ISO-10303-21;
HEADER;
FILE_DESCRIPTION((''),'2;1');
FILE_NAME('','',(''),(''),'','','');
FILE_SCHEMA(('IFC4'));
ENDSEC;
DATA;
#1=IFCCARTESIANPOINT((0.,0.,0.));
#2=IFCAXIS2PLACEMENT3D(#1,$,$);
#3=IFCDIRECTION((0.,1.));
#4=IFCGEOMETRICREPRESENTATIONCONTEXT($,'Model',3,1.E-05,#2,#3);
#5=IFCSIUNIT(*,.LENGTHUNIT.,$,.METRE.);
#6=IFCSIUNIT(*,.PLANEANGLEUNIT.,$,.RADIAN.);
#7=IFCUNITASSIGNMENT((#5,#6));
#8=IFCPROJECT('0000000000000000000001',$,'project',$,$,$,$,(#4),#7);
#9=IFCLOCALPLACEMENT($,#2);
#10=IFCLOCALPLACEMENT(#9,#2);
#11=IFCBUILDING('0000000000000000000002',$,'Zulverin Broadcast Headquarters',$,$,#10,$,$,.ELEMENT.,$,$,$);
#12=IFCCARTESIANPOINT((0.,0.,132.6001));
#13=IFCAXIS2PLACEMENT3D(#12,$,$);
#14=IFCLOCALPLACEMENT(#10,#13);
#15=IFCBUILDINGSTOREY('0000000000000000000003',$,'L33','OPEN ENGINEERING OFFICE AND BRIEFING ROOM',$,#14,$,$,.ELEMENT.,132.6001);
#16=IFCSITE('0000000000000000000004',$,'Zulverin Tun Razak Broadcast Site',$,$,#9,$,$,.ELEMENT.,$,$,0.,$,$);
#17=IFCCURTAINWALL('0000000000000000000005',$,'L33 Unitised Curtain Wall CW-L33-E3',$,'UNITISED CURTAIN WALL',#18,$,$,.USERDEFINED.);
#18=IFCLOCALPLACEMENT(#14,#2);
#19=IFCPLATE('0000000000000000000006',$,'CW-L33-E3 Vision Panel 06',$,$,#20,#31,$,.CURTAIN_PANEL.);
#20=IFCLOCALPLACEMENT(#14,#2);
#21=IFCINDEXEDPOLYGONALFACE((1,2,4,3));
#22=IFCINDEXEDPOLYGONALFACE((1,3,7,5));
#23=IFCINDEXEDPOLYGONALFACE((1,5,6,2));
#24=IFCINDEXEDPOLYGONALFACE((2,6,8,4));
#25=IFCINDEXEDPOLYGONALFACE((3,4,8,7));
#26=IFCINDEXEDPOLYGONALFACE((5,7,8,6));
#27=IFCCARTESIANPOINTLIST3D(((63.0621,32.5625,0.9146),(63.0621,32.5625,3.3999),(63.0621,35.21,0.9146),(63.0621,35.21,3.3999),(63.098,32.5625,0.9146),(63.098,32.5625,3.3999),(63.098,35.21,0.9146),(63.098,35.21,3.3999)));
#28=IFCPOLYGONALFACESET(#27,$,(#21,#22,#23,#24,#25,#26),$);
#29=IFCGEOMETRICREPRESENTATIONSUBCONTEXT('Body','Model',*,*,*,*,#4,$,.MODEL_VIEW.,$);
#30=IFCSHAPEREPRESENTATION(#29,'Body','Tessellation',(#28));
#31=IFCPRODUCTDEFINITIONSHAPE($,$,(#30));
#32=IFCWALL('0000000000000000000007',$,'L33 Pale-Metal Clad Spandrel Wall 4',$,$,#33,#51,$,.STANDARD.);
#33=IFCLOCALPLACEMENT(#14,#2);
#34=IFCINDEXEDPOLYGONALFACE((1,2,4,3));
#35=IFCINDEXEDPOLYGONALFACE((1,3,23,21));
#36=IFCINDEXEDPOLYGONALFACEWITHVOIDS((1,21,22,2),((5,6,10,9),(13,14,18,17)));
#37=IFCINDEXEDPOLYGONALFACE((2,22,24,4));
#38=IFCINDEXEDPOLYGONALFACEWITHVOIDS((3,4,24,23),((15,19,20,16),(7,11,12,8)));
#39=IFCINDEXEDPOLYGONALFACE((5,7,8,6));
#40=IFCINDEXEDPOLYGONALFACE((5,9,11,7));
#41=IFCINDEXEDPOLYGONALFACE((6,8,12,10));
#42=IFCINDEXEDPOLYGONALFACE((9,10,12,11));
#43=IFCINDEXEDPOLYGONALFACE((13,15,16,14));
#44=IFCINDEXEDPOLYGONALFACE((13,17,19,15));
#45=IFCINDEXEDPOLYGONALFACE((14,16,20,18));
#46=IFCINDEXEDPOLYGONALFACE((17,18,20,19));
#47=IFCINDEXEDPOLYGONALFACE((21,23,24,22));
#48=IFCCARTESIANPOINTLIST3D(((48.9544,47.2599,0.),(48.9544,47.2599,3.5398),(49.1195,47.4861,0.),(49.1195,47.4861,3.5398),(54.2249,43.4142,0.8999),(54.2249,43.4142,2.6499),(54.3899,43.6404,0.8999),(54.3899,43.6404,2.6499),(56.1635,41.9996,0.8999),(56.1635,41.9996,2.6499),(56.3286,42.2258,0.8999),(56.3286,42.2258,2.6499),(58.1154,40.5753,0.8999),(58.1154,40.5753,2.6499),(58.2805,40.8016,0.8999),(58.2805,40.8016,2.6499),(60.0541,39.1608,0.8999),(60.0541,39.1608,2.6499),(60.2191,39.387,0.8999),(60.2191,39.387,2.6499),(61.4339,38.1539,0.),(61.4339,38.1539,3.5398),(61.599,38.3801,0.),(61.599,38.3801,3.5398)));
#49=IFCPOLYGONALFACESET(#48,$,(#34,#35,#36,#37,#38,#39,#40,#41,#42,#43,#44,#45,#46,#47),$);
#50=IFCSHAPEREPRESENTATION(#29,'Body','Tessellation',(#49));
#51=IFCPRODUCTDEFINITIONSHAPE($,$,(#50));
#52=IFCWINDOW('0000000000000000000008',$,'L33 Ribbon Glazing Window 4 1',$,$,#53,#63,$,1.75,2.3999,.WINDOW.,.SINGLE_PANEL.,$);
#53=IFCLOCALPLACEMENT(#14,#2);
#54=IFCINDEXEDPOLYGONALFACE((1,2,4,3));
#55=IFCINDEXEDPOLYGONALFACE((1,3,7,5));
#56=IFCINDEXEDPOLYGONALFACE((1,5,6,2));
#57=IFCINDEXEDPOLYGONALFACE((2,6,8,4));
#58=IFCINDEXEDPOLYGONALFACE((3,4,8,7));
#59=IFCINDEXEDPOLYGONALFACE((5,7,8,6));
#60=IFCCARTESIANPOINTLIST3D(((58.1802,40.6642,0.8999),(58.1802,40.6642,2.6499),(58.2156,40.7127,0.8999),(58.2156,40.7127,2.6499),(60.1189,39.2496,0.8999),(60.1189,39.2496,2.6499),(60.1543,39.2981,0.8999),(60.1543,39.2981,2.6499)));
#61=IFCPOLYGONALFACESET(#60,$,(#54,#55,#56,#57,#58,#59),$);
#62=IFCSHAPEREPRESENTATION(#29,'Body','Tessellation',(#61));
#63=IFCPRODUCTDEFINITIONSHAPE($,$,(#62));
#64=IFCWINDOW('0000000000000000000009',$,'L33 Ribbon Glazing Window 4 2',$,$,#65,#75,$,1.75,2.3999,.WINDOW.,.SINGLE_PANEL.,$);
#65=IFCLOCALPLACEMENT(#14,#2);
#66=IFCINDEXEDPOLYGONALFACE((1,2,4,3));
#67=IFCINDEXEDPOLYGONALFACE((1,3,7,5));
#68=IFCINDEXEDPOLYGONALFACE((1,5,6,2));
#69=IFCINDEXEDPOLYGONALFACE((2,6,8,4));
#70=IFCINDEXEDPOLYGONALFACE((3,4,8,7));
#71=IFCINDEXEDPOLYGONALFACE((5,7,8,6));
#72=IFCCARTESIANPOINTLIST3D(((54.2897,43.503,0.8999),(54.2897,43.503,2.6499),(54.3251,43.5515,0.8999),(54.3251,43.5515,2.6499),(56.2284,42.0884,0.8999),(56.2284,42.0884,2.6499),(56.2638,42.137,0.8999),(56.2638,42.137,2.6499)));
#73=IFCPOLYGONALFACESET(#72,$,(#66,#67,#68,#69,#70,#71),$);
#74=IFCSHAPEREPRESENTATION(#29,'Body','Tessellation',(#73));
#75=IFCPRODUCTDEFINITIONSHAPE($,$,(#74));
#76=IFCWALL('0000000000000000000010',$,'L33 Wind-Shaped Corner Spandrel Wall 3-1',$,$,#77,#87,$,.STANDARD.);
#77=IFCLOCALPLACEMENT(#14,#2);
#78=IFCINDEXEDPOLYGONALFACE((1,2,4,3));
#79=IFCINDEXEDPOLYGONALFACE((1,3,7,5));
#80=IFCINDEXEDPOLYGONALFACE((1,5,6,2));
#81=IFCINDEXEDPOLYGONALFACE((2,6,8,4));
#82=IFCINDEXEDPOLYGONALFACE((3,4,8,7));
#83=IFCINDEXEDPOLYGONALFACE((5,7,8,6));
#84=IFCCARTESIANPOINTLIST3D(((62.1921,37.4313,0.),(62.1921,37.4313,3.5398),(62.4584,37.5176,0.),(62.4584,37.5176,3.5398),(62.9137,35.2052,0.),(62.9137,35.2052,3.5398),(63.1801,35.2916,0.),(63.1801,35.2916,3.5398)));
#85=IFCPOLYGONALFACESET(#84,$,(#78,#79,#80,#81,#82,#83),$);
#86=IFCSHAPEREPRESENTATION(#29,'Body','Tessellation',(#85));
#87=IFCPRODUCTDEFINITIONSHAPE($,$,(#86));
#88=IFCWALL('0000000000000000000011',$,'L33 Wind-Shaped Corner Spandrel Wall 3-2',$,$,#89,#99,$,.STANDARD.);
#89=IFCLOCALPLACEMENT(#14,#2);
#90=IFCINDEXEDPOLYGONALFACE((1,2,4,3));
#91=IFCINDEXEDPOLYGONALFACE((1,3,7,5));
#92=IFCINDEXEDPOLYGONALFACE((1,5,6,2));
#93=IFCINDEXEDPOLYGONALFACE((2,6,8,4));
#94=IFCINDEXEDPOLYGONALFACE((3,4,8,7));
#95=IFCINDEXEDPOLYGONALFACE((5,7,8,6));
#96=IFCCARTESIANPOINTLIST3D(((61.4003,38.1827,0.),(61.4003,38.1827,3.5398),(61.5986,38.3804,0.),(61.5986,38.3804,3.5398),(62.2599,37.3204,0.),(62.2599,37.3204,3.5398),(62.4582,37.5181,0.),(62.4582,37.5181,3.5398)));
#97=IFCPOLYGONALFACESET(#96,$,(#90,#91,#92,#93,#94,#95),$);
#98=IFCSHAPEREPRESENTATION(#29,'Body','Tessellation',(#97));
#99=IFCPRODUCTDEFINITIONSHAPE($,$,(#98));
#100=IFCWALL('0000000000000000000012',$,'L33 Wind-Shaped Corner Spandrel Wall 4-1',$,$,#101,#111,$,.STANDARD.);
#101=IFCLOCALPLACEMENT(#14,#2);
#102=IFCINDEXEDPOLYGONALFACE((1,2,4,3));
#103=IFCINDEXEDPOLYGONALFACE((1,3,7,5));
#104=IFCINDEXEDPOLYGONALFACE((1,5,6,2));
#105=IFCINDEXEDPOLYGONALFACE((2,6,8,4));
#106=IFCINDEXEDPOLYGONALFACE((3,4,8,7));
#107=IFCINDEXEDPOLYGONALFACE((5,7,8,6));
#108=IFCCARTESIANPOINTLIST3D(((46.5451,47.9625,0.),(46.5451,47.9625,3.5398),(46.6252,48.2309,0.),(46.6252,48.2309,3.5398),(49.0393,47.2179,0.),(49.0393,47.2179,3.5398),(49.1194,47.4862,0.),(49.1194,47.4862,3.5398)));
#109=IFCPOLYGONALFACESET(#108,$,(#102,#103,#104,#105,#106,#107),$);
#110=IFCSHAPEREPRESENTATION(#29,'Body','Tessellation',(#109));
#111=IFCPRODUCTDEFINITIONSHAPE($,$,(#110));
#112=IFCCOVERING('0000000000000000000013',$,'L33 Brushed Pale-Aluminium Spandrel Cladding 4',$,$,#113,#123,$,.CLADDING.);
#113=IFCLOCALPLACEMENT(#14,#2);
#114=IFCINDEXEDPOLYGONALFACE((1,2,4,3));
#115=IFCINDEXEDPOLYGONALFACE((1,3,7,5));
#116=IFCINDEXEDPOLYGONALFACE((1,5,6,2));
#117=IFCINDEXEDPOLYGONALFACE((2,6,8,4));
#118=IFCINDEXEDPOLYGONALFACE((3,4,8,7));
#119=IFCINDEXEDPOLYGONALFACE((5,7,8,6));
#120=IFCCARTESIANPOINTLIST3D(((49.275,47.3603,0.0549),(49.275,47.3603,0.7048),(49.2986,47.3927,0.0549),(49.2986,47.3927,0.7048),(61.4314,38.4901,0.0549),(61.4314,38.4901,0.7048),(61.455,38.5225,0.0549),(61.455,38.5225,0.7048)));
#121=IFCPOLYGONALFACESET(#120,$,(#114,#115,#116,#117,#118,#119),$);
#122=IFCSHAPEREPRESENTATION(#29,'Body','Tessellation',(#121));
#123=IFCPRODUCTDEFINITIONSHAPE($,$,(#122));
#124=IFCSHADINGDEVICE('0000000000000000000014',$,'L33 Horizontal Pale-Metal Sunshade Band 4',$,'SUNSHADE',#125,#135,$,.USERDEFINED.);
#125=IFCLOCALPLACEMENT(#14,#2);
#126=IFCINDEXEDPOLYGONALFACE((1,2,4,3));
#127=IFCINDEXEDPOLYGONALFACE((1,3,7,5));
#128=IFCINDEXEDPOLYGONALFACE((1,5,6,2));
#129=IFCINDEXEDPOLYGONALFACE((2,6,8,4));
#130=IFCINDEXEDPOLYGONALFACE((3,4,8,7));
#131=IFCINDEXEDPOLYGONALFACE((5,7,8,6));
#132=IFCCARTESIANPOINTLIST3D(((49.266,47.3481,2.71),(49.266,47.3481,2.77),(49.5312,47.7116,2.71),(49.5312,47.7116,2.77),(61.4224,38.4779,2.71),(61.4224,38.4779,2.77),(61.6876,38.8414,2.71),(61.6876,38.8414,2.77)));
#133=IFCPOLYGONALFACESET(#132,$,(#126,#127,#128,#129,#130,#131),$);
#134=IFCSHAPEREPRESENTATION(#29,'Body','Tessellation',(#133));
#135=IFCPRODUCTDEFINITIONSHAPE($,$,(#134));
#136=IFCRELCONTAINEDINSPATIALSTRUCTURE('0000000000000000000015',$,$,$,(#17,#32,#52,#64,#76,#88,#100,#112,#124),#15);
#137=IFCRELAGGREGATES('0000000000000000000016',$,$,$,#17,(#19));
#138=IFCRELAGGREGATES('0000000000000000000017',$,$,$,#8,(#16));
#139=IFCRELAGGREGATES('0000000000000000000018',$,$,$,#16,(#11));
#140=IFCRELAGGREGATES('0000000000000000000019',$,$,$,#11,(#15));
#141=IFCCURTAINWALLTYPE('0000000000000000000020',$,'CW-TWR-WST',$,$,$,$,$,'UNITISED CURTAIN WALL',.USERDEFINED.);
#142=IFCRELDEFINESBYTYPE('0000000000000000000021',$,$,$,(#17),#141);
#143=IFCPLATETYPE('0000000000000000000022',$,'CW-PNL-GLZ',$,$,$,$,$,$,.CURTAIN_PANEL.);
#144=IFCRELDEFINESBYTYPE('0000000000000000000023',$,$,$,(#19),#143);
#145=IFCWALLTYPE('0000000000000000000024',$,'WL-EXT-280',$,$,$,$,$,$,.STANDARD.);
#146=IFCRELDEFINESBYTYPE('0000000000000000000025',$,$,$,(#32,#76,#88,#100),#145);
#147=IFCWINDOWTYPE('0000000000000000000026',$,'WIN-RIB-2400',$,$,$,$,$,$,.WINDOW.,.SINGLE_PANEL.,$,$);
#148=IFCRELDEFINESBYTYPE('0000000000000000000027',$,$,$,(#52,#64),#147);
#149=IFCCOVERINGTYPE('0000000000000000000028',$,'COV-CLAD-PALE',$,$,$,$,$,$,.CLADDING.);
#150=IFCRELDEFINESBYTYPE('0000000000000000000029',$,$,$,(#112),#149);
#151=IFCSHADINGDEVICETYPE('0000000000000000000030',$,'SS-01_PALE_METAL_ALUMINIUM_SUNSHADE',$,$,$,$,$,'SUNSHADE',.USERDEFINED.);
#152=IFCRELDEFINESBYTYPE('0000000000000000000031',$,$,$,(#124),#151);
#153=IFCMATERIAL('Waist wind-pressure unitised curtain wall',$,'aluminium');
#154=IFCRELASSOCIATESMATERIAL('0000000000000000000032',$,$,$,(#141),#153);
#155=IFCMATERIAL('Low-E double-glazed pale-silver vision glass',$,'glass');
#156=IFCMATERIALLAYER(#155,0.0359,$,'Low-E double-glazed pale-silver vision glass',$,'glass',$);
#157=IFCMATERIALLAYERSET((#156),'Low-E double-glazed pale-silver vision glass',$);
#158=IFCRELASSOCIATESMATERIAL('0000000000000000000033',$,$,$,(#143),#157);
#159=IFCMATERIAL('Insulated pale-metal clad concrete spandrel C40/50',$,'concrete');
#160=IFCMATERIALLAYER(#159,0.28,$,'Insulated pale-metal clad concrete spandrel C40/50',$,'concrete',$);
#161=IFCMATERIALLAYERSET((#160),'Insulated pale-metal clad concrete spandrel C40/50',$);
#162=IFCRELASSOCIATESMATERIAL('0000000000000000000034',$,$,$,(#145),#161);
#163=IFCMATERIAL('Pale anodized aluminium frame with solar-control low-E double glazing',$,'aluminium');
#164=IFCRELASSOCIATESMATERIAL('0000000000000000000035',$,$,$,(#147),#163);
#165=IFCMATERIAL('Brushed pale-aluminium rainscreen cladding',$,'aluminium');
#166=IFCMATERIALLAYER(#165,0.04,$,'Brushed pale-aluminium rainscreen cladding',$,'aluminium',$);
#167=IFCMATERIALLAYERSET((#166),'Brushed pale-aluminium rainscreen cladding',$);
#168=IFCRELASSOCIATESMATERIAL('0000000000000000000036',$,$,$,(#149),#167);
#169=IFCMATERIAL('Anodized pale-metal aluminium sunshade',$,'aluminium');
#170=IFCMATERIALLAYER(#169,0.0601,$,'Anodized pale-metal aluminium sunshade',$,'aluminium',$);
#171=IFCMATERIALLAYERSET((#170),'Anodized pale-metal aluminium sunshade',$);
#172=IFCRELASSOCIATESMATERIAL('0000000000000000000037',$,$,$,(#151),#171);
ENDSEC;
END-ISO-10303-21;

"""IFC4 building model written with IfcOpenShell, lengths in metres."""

from ifc_helpers import new_model, si_unit, direction, frame, frame_2d, origin, origin_2d, place, context, subcontext, project, spatial, rectangle, extrude, material, layer, layer_set, type_object, element, fill, aggregate, save


model = new_model("IFC4")

# Units and contexts
model_context = context("Model", 3, precision=1e-05, world=origin(), true_north=direction((0.0, 1.0)))
body_context = subcontext(model_context, "Body", "Model", "MODEL_VIEW")
ifc_project = project(units=[si_unit("LENGTHUNIT", "METRE"), si_unit("PLANEANGLEUNIT", "RADIAN")], contexts=[model_context])

# Site, building, storey
site_placement = place(None, origin())
site = spatial("IfcSite", under=ifc_project, at=site_placement, Name="Zulverin Tun Razak Broadcast Site", CompositionType="ELEMENT", RefElevation=0.0)
building_placement = place(site_placement, origin())
building = spatial("IfcBuilding", under=site, at=building_placement, Name="Zulverin Broadcast Headquarters", CompositionType="ELEMENT")
storey_placement = place(building_placement, frame((0.0, 0.0, 132.6001)))
storey = spatial("IfcBuildingStorey", under=building, at=storey_placement, Name="L33", Description="OPEN ENGINEERING OFFICE AND BRIEFING ROOM", CompositionType="ELEMENT", Elevation=132.6001)

# Curtain wall, plate
ifc_material_1 = material(Name="Waist wind-pressure unitised curtain wall", Category="aluminium")
curtain_wall_type = type_object("IfcCurtainWallType", Name="CW-TWR-WST", ElementType="UNITISED CURTAIN WALL", PredefinedType="USERDEFINED", material=ifc_material_1)
curtain_wall_placement = place(storey_placement, origin())
curtain_wall = element("IfcCurtainWall", 1, at=curtain_wall_placement, inside=storey, type_object=curtain_wall_type, Name="L33 Unitised Curtain Wall CW-L33-E3", ObjectType="UNITISED CURTAIN WALL", PredefinedType="USERDEFINED")
ifc_material_2 = material(Name="Low-E double-glazed pale-silver vision glass", Category="glass")
ifc_layer_1 = layer(ifc_material_2, 0.0359, Name="Low-E double-glazed pale-silver vision glass", Category="glass")
ifc_layer_set_1 = layer_set([ifc_layer_1], Name="Low-E double-glazed pale-silver vision glass")
plate_type = type_object("IfcPlateType", Name="CW-PNL-GLZ", PredefinedType="CURTAIN_PANEL", material=ifc_layer_set_1)
plate_placement = place(storey_placement, frame((63.0801, 33.8862, 0.9146), z_axis=(0.0, 0.0, 1.0), x_axis=(0.0, 1.0, 0.0)))
plate = element("IfcPlate", 2, at=plate_placement, type_object=plate_type, Name="CW-L33-E3 Vision Panel 06", PredefinedType="CURTAIN_PANEL", context=body_context, shape_type="SweptSolid", body=[
    extrude(rectangle(XDim=2.6475, YDim=0.0359, at=origin_2d()), origin(), (0.0, 0.0, 1.0), 2.4854),
])
aggregate(curtain_wall, [plate])

# Wall, openings, windows
ifc_material_3 = material(Name="Insulated pale-metal clad concrete spandrel C40/50", Category="concrete")
ifc_layer_2 = layer(ifc_material_3, 0.28, Name="Insulated pale-metal clad concrete spandrel C40/50", Category="concrete")
ifc_layer_set_2 = layer_set([ifc_layer_2], Name="Insulated pale-metal clad concrete spandrel C40/50")
wall_type = type_object("IfcWallType", Name="WL-EXT-280", PredefinedType="STANDARD", material=ifc_layer_set_2)
wall_1_placement = place(storey_placement, frame((61.5164, 38.2671, 0.0), z_axis=(0.0, 0.0, 1.0), x_axis=(-0.807813, 0.58944, 0.0)))
wall_1 = element("IfcWall", 3, at=wall_1_placement, inside=storey, type_object=wall_type, Name="L33 Pale-Metal Clad Spandrel Wall 4", PredefinedType="STANDARD", context=body_context, shape_type="SweptSolid", body=[
    extrude(rectangle(XDim=15.4485, YDim=0.28, at=frame_2d((7.7241, 0.0))), origin(), (0.0, 0.0, 1.0), 3.5398),
])
opening_1_placement = place(wall_1_placement, frame((1.708, 0.0, 0.8999)))
opening_1 = element("IfcOpeningElement", 4, at=opening_1_placement, cuts=wall_1, PredefinedType="OPENING", context=body_context, shape_type="SweptSolid", body=[
    extrude(rectangle(XDim=2.3999, YDim=1.75, at=frame_2d((1.2, 0.875))), frame((0.0, 0.1499, 0.0), z_axis=(0.0, -1.0, 0.0), x_axis=(1.0, 0.0, 0.0)), (0.0, 0.0, 1.0), 0.3),
])
opening_2_placement = place(wall_1_placement, frame((6.5242, 0.0, 0.8999)))
opening_2 = element("IfcOpeningElement", 5, at=opening_2_placement, cuts=wall_1, PredefinedType="OPENING", context=body_context, shape_type="SweptSolid", body=[
    extrude(rectangle(XDim=2.3999, YDim=1.75, at=frame_2d((1.2, 0.875))), frame((0.0, 0.1499, 0.0), z_axis=(0.0, -1.0, 0.0), x_axis=(1.0, 0.0, 0.0)), (0.0, 0.0, 1.0), 0.3),
])
ifc_material_4 = material(Name="Pale anodized aluminium frame with solar-control low-E double glazing", Category="aluminium")
window_type = type_object("IfcWindowType", Name="WIN-RIB-2400", PartitioningType="SINGLE_PANEL", PredefinedType="WINDOW", material=ifc_material_4)
window_1_placement = place(opening_1_placement, origin())
window_1 = element("IfcWindow", 6, at=window_1_placement, inside=storey, type_object=window_type, Name="L33 Ribbon Glazing Window 4 1", OverallHeight=1.75, OverallWidth=2.3999, PartitioningType="SINGLE_PANEL", PredefinedType="WINDOW", context=body_context, shape_type="SweptSolid", body=[
    extrude(rectangle(XDim=2.3999, YDim=1.75, at=frame_2d((1.2, 0.875))), frame((0.0, 0.03, 0.0), z_axis=(0.0, -1.0, 0.0), x_axis=(1.0, 0.0, 0.0)), (0.0, 0.0, 1.0), 0.0601),
])
fill(opening_1, window_1)
window_2_placement = place(opening_2_placement, origin())
window_2 = element("IfcWindow", 7, at=window_2_placement, inside=storey, type_object=window_type, Name="L33 Ribbon Glazing Window 4 2", OverallHeight=1.75, OverallWidth=2.3999, PartitioningType="SINGLE_PANEL", PredefinedType="WINDOW", context=body_context, shape_type="SweptSolid", body=[
    extrude(rectangle(XDim=2.3999, YDim=1.75, at=frame_2d((1.2, 0.875))), frame((0.0, 0.03, 0.0), z_axis=(0.0, -1.0, 0.0), x_axis=(1.0, 0.0, 0.0)), (0.0, 0.0, 1.0), 0.0601),
])
fill(opening_2, window_2)

# Walls
wall_2_placement = place(storey_placement, frame((63.0469, 35.2485, 0.0), z_axis=(0.0, 0.0, 1.0), x_axis=(-0.308392, 0.951259, 0.0)))
element("IfcWall", 8, at=wall_2_placement, inside=storey, type_object=wall_type, Name="L33 Wind-Shaped Corner Spandrel Wall 3-1", PredefinedType="STANDARD", context=body_context, shape_type="SweptSolid", body=[
    extrude(rectangle(XDim=2.3401, YDim=0.28, at=frame_2d((1.1699, 0.0))), origin(), (0.0, 0.0, 1.0), 3.5398),
])
wall_3_placement = place(storey_placement, frame((62.3591, 37.4192, 0.0), z_axis=(0.0, 0.0, 1.0), x_axis=(-0.706003, 0.708209, 0.0)))
element("IfcWall", 9, at=wall_3_placement, inside=storey, type_object=wall_type, Name="L33 Wind-Shaped Corner Spandrel Wall 3-2", PredefinedType="STANDARD", context=body_context, shape_type="SweptSolid", body=[
    extrude(rectangle(XDim=1.2175, YDim=0.28, at=frame_2d((0.6089, 0.0))), origin(), (0.0, 0.0, 1.0), 3.5398),
])
wall_4_placement = place(storey_placement, frame((49.0793, 47.3521, 0.0), z_axis=(0.0, 0.0, 1.0), x_axis=(-0.958208, 0.286074, 0.0)))
element("IfcWall", 10, at=wall_4_placement, inside=storey, type_object=wall_type, Name="L33 Wind-Shaped Corner Spandrel Wall 4-1", PredefinedType="STANDARD", context=body_context, shape_type="SweptSolid", body=[
    extrude(rectangle(XDim=2.603, YDim=0.28, at=frame_2d((1.3015, 0.0))), origin(), (0.0, 0.0, 1.0), 3.5398),
])

# Covering
ifc_material_5 = material(Name="Brushed pale-aluminium rainscreen cladding", Category="aluminium")
ifc_layer_3 = layer(ifc_material_5, 0.04, Name="Brushed pale-aluminium rainscreen cladding", Category="aluminium")
ifc_layer_set_3 = layer_set([ifc_layer_3], Name="Brushed pale-aluminium rainscreen cladding")
covering_type = type_object("IfcCoveringType", Name="COV-CLAD-PALE", PredefinedType="CLADDING", material=ifc_layer_set_3)
covering_placement = place(storey_placement, frame((55.365, 42.9414, 0.0549), z_axis=(0.0, 0.0, 1.0), x_axis=(-0.807814, 0.589437, 0.0)))
element("IfcCovering", 11, at=covering_placement, inside=storey, type_object=covering_type, Name="L33 Brushed Pale-Aluminium Spandrel Cladding 4", PredefinedType="CLADDING", context=body_context, shape_type="SweptSolid", body=[
    extrude(rectangle(XDim=15.0486, YDim=0.04, at=origin_2d()), origin(), (0.0, 0.0, 1.0), 0.6499),
])

# Shading device
ifc_material_6 = material(Name="Anodized pale-metal aluminium sunshade", Category="aluminium")
ifc_layer_4 = layer(ifc_material_6, 0.0601, Name="Anodized pale-metal aluminium sunshade", Category="aluminium")
ifc_layer_set_4 = layer_set([ifc_layer_4], Name="Anodized pale-metal aluminium sunshade")
shading_device_type = type_object("IfcShadingDeviceType", Name="SS-01_PALE_METAL_ALUMINIUM_SUNSHADE", ElementType="SUNSHADE", PredefinedType="USERDEFINED", material=ifc_layer_set_4)
shading_device_placement = place(storey_placement, frame((55.4768, 43.0947, 2.71), z_axis=(0.0, 0.0, 1.0), x_axis=(-0.807814, 0.589437, 0.0)))
element("IfcShadingDevice", 12, at=shading_device_placement, inside=storey, type_object=shading_device_type, Name="L33 Horizontal Pale-Metal Sunshade Band 4", ObjectType="SUNSHADE", PredefinedType="USERDEFINED", context=body_context, shape_type="SweptSolid", body=[
    extrude(rectangle(XDim=15.0486, YDim=0.45, at=origin_2d()), origin(), (0.0, 0.0, 1.0), 0.0601),
])

save(model, "model.ifc")
